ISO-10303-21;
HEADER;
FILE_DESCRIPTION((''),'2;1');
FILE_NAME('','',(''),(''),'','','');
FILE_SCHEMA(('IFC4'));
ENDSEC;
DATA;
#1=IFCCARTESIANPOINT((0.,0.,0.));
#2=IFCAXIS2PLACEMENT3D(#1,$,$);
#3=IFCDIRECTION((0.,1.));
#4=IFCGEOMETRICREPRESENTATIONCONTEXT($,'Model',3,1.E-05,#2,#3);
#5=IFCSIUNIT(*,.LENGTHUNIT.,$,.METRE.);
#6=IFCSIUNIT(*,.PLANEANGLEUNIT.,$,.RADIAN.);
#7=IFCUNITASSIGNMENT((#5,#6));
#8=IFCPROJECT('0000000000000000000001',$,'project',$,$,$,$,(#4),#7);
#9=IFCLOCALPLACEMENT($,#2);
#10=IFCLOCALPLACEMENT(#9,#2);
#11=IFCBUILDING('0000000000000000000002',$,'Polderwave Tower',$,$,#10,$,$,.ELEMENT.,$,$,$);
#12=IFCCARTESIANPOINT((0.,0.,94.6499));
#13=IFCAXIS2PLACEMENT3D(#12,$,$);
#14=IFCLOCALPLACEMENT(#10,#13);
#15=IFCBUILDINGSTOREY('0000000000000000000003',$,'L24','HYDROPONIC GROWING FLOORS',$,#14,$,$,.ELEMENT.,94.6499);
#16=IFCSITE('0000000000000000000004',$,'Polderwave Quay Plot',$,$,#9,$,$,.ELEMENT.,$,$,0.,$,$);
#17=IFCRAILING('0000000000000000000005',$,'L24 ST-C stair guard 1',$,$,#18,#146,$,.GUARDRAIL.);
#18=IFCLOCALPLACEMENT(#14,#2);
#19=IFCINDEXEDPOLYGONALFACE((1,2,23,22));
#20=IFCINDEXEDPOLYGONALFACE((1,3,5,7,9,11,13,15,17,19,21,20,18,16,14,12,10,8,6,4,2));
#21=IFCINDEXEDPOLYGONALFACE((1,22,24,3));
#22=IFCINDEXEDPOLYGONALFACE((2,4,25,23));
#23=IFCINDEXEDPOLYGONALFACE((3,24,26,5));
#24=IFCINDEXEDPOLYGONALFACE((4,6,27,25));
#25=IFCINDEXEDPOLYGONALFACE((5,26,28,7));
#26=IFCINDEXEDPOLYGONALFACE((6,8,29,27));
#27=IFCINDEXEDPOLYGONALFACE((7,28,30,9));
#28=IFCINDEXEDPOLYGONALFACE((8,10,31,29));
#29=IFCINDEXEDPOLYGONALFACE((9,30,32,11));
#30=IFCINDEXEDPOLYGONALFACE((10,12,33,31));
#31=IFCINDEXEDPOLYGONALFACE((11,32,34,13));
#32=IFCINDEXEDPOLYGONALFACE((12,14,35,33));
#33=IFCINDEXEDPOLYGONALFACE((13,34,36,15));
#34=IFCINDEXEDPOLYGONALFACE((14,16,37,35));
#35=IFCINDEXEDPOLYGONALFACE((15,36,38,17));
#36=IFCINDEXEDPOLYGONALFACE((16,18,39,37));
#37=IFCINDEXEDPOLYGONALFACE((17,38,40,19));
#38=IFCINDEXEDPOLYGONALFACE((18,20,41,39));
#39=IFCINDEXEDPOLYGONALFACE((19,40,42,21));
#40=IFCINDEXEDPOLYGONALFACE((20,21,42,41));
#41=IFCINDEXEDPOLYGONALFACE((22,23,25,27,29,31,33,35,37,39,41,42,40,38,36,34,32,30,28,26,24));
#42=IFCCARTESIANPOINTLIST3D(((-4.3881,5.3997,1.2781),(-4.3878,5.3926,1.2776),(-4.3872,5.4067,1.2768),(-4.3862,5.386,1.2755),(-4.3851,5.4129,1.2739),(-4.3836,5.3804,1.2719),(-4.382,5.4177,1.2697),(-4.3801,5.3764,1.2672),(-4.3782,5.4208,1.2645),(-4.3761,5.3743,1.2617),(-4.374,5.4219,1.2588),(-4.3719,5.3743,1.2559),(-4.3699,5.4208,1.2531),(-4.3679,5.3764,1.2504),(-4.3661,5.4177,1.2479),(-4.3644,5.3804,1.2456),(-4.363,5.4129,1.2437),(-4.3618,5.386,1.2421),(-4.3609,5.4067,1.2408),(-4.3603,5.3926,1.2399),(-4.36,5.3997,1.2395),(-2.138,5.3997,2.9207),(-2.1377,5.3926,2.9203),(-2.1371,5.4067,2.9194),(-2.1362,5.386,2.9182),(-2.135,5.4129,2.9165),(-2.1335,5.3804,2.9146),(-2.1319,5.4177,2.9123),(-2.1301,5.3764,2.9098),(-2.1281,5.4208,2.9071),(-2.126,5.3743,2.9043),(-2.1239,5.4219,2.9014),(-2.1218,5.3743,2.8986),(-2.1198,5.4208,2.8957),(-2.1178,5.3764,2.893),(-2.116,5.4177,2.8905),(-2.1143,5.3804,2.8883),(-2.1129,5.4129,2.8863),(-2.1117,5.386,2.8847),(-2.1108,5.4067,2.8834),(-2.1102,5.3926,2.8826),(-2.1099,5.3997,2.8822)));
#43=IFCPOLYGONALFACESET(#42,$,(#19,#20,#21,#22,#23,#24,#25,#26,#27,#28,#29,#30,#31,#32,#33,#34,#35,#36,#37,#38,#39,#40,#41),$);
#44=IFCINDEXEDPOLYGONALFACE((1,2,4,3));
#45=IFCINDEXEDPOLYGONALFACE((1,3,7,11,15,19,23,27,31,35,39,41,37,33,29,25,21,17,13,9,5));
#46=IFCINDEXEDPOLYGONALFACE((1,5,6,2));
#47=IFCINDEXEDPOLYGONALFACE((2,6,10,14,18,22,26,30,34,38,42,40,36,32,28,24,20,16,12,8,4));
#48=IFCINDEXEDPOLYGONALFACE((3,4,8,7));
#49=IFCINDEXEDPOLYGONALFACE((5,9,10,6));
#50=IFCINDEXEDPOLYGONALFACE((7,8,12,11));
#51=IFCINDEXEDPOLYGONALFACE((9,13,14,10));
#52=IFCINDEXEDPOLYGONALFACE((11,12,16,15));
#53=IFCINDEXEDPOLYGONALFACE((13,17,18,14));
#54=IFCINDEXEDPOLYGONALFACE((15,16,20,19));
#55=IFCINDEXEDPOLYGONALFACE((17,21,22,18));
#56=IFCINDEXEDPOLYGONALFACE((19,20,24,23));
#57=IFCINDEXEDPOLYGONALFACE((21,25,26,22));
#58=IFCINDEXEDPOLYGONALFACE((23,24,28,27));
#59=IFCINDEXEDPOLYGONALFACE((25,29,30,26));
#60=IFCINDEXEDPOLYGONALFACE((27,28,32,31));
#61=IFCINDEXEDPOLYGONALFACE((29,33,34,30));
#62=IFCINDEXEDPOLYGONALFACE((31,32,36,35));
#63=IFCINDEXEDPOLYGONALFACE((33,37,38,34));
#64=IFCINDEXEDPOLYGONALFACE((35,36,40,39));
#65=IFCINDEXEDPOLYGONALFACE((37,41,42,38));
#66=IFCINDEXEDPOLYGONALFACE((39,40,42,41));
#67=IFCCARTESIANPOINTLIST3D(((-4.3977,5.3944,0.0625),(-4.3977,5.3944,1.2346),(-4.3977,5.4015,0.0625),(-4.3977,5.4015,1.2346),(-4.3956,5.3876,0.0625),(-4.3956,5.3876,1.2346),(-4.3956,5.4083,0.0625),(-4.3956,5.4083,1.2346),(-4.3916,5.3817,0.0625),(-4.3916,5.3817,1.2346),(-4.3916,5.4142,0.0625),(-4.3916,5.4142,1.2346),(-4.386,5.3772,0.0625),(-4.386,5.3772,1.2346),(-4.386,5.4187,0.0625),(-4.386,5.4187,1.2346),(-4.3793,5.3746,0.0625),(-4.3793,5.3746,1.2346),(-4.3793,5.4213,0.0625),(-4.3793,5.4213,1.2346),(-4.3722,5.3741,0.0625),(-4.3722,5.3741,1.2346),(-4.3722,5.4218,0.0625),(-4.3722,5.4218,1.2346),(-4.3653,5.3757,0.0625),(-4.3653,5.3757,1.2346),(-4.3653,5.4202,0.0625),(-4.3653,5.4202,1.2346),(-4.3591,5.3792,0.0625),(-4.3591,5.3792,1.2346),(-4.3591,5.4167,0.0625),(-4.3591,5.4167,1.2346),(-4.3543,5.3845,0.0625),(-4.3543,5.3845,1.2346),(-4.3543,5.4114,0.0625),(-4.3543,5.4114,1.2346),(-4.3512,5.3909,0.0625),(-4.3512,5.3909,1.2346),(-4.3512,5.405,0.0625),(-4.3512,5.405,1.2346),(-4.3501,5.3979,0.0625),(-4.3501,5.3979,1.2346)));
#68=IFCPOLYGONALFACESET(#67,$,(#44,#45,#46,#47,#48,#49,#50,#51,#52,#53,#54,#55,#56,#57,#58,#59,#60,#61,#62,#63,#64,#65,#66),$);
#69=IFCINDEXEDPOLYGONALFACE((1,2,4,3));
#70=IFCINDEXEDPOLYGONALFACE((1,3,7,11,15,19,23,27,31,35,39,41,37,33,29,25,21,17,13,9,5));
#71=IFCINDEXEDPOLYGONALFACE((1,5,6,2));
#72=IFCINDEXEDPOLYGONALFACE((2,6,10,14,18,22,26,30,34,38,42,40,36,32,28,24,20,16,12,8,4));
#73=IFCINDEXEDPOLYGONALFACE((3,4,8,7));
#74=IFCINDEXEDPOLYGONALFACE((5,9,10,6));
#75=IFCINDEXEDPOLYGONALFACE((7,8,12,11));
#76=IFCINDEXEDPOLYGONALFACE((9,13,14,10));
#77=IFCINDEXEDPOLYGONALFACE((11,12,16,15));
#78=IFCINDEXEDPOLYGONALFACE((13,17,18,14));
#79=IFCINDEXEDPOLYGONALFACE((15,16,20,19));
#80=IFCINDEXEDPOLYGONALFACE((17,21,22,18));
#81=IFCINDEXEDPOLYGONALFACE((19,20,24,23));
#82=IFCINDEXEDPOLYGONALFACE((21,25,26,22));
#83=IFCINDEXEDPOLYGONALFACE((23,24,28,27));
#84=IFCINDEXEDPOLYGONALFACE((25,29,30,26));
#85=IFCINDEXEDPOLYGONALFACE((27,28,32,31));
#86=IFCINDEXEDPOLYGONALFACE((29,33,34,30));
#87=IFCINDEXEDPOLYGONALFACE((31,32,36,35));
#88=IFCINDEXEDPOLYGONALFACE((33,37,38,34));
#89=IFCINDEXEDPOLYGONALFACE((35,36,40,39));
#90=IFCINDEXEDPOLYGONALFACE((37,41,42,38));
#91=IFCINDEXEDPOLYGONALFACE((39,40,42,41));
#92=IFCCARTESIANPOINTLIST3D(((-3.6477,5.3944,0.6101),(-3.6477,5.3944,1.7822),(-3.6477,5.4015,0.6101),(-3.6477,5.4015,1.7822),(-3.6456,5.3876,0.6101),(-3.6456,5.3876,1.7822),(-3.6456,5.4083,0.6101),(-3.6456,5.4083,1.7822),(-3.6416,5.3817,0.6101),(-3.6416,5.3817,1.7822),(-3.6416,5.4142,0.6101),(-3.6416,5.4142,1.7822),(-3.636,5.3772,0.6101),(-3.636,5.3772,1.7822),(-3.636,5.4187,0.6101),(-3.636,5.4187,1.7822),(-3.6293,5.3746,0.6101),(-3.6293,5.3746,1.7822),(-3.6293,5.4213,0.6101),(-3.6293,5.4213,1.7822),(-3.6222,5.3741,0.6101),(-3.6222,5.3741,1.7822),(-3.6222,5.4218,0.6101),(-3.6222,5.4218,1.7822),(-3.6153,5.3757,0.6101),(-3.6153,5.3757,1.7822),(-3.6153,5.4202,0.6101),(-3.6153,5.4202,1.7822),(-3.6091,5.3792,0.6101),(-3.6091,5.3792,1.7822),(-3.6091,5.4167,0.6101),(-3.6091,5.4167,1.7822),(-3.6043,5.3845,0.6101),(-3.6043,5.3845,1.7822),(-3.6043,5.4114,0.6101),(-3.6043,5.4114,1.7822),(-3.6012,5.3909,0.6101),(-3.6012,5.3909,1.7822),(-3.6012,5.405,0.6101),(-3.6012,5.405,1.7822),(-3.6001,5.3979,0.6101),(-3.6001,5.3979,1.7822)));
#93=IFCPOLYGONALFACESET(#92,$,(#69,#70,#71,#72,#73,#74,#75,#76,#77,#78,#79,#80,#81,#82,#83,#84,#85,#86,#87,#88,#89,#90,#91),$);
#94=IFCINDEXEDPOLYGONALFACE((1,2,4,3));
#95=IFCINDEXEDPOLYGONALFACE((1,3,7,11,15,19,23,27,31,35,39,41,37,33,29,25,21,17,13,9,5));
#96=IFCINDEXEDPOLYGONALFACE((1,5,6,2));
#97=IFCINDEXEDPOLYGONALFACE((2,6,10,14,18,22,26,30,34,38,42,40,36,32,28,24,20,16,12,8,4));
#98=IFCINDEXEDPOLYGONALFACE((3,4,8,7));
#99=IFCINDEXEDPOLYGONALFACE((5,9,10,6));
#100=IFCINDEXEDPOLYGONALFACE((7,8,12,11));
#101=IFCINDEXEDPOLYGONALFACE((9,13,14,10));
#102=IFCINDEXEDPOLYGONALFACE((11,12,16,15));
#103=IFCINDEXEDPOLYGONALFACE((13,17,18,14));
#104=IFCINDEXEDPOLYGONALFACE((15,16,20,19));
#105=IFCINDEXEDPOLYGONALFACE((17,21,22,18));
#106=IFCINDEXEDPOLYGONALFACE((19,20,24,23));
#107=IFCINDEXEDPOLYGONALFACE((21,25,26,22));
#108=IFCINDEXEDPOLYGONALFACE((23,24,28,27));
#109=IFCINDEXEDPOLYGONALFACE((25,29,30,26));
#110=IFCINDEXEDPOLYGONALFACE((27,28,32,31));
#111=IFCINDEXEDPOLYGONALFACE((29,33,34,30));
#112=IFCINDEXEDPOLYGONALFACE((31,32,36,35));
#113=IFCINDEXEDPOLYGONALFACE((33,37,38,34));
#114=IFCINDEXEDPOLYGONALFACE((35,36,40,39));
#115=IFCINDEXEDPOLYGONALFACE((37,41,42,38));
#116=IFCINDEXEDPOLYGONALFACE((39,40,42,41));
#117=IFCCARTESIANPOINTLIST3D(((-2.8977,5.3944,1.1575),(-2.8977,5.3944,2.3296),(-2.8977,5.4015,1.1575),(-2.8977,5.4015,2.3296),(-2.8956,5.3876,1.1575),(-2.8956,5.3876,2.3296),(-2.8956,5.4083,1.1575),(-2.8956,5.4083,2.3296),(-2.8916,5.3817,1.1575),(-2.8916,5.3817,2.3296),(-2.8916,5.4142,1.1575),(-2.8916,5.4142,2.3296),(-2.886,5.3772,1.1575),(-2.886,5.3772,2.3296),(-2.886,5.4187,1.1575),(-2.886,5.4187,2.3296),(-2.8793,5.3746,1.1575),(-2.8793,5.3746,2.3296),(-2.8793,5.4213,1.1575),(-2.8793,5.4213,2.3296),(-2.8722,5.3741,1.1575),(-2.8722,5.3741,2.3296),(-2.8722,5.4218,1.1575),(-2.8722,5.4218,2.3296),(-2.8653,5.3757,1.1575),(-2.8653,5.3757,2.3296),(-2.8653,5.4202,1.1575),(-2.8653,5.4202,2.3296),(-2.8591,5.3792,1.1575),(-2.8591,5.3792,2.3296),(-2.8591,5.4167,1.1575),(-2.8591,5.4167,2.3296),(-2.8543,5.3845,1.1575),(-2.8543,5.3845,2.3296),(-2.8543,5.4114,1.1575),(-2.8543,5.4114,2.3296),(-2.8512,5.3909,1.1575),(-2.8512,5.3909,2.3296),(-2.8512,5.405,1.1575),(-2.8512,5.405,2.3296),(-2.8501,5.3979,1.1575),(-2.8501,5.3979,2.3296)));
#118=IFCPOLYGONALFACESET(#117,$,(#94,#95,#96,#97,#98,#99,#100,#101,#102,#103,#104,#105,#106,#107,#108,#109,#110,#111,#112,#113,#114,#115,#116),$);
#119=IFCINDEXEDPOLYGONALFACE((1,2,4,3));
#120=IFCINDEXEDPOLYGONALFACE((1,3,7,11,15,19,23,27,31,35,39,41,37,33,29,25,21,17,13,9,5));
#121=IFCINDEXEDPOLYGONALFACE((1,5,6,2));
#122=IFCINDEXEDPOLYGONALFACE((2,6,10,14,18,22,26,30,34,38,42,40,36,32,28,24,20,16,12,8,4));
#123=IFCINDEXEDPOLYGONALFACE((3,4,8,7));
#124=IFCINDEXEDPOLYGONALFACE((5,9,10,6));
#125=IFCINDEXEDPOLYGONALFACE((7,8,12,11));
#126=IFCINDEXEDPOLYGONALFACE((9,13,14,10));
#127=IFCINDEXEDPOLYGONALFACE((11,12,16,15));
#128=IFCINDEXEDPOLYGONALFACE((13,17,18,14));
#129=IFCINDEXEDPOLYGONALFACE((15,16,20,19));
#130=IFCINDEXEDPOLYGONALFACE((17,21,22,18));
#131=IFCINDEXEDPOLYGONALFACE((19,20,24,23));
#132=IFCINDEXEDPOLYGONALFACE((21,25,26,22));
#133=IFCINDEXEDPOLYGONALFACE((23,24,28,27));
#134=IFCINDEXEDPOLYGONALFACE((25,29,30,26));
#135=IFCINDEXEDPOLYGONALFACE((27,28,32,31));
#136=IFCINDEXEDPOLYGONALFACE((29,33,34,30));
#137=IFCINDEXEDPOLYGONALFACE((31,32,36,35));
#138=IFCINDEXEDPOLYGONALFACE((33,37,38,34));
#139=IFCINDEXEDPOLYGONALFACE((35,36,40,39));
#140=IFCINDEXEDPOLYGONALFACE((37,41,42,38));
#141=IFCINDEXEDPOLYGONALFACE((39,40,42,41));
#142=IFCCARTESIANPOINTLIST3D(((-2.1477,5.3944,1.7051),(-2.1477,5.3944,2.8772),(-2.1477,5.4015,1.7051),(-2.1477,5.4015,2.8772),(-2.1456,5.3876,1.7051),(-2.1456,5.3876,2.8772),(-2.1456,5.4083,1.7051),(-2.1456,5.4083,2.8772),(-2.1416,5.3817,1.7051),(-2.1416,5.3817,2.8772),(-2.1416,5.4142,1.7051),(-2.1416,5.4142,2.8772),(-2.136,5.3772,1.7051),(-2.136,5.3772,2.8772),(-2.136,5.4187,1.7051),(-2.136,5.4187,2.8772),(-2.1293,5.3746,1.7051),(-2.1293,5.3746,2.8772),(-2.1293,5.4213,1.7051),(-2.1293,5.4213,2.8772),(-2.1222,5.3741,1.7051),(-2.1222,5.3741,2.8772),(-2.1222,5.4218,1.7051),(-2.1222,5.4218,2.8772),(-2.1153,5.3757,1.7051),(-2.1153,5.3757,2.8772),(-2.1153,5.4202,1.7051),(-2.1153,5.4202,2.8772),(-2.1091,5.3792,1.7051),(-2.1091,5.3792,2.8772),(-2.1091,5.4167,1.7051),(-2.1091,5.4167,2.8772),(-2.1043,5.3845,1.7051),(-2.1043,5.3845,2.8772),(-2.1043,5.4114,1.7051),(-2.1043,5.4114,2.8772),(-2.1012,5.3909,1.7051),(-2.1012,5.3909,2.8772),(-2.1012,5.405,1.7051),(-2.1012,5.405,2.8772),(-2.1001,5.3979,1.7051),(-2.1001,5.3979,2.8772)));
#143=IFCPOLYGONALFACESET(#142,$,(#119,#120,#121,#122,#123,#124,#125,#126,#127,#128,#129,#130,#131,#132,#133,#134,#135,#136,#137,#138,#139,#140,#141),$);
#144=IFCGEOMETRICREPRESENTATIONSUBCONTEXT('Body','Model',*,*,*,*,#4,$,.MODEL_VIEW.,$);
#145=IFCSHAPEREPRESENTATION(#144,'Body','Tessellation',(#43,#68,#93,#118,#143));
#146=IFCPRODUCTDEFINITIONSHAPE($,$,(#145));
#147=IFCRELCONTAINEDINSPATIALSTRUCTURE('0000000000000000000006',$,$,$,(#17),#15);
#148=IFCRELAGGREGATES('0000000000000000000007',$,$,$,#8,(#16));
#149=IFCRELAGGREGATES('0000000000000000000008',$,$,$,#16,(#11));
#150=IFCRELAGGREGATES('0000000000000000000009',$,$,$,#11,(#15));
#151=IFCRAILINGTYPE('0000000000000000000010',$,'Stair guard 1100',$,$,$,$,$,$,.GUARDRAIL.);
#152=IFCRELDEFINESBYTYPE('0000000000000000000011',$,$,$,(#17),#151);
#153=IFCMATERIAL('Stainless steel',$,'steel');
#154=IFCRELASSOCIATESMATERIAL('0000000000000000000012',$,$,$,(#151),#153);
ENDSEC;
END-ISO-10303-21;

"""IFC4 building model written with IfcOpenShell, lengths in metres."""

from ifc_helpers import new_model, si_unit, direction, frame, origin, origin_2d, place, context, subcontext, project, spatial, circle, extrude, material, type_object, element, save


model = new_model("IFC4")

# Units and contexts
model_context = context("Model", 3, precision=1e-05, world=origin(), true_north=direction((0.0, 1.0)))
body_context = subcontext(model_context, "Body", "Model", "MODEL_VIEW")
ifc_project = project(units=[si_unit("LENGTHUNIT", "METRE"), si_unit("PLANEANGLEUNIT", "RADIAN")], contexts=[model_context])

# Site, building, storey
site_placement = place(None, origin())
site = spatial("IfcSite", under=ifc_project, at=site_placement, Name="Polderwave Quay Plot", CompositionType="ELEMENT", RefElevation=0.0)
building_placement = place(site_placement, origin())
building = spatial("IfcBuilding", under=site, at=building_placement, Name="Polderwave Tower", CompositionType="ELEMENT")
storey_placement = place(building_placement, frame((0.0, 0.0, 94.6499)))
storey = spatial("IfcBuildingStorey", under=building, at=storey_placement, Name="L24", Description="HYDROPONIC GROWING FLOORS", CompositionType="ELEMENT", Elevation=94.6499)

# Railing
ifc_material_1 = material(Name="Stainless steel", Category="steel")
railing_type_1 = type_object("IfcRailingType", Name="Stair guard 1100", PredefinedType="GUARDRAIL", material=ifc_material_1)
railing_1_placement = place(storey_placement, frame((-4.374, 5.3979, 0.0625)))
element("IfcRailing", 1, at=railing_1_placement, inside=storey, type_object=railing_type_1, Name="L24 ST-C stair guard 1", PredefinedType="GUARDRAIL", context=body_context, shape_type="SweptSolid", body=[
    extrude(circle(Radius=0.0239, at=origin_2d()), frame((0.0, 0.0, 1.1963), z_axis=(0.807674, 0.0, 0.58963), x_axis=(0.0, 1.0, 0.0)), (0.0, 0.0, 1.0), 2.7859),
    extrude(circle(Radius=0.0239, at=origin_2d()), origin(), (0.0, 0.0, 1.0), 1.1721),
    extrude(circle(Radius=0.0239, at=origin_2d()), frame((0.75, 0.0, 0.5476)), (0.0, 0.0, 1.0), 1.1721),
    extrude(circle(Radius=0.0239, at=origin_2d()), frame((1.5, 0.0, 1.095)), (0.0, 0.0, 1.0), 1.1721),
    extrude(circle(Radius=0.0239, at=origin_2d()), frame((2.25, 0.0, 1.6426)), (0.0, 0.0, 1.0), 1.1721),
])

save(model, "model.ifc")
